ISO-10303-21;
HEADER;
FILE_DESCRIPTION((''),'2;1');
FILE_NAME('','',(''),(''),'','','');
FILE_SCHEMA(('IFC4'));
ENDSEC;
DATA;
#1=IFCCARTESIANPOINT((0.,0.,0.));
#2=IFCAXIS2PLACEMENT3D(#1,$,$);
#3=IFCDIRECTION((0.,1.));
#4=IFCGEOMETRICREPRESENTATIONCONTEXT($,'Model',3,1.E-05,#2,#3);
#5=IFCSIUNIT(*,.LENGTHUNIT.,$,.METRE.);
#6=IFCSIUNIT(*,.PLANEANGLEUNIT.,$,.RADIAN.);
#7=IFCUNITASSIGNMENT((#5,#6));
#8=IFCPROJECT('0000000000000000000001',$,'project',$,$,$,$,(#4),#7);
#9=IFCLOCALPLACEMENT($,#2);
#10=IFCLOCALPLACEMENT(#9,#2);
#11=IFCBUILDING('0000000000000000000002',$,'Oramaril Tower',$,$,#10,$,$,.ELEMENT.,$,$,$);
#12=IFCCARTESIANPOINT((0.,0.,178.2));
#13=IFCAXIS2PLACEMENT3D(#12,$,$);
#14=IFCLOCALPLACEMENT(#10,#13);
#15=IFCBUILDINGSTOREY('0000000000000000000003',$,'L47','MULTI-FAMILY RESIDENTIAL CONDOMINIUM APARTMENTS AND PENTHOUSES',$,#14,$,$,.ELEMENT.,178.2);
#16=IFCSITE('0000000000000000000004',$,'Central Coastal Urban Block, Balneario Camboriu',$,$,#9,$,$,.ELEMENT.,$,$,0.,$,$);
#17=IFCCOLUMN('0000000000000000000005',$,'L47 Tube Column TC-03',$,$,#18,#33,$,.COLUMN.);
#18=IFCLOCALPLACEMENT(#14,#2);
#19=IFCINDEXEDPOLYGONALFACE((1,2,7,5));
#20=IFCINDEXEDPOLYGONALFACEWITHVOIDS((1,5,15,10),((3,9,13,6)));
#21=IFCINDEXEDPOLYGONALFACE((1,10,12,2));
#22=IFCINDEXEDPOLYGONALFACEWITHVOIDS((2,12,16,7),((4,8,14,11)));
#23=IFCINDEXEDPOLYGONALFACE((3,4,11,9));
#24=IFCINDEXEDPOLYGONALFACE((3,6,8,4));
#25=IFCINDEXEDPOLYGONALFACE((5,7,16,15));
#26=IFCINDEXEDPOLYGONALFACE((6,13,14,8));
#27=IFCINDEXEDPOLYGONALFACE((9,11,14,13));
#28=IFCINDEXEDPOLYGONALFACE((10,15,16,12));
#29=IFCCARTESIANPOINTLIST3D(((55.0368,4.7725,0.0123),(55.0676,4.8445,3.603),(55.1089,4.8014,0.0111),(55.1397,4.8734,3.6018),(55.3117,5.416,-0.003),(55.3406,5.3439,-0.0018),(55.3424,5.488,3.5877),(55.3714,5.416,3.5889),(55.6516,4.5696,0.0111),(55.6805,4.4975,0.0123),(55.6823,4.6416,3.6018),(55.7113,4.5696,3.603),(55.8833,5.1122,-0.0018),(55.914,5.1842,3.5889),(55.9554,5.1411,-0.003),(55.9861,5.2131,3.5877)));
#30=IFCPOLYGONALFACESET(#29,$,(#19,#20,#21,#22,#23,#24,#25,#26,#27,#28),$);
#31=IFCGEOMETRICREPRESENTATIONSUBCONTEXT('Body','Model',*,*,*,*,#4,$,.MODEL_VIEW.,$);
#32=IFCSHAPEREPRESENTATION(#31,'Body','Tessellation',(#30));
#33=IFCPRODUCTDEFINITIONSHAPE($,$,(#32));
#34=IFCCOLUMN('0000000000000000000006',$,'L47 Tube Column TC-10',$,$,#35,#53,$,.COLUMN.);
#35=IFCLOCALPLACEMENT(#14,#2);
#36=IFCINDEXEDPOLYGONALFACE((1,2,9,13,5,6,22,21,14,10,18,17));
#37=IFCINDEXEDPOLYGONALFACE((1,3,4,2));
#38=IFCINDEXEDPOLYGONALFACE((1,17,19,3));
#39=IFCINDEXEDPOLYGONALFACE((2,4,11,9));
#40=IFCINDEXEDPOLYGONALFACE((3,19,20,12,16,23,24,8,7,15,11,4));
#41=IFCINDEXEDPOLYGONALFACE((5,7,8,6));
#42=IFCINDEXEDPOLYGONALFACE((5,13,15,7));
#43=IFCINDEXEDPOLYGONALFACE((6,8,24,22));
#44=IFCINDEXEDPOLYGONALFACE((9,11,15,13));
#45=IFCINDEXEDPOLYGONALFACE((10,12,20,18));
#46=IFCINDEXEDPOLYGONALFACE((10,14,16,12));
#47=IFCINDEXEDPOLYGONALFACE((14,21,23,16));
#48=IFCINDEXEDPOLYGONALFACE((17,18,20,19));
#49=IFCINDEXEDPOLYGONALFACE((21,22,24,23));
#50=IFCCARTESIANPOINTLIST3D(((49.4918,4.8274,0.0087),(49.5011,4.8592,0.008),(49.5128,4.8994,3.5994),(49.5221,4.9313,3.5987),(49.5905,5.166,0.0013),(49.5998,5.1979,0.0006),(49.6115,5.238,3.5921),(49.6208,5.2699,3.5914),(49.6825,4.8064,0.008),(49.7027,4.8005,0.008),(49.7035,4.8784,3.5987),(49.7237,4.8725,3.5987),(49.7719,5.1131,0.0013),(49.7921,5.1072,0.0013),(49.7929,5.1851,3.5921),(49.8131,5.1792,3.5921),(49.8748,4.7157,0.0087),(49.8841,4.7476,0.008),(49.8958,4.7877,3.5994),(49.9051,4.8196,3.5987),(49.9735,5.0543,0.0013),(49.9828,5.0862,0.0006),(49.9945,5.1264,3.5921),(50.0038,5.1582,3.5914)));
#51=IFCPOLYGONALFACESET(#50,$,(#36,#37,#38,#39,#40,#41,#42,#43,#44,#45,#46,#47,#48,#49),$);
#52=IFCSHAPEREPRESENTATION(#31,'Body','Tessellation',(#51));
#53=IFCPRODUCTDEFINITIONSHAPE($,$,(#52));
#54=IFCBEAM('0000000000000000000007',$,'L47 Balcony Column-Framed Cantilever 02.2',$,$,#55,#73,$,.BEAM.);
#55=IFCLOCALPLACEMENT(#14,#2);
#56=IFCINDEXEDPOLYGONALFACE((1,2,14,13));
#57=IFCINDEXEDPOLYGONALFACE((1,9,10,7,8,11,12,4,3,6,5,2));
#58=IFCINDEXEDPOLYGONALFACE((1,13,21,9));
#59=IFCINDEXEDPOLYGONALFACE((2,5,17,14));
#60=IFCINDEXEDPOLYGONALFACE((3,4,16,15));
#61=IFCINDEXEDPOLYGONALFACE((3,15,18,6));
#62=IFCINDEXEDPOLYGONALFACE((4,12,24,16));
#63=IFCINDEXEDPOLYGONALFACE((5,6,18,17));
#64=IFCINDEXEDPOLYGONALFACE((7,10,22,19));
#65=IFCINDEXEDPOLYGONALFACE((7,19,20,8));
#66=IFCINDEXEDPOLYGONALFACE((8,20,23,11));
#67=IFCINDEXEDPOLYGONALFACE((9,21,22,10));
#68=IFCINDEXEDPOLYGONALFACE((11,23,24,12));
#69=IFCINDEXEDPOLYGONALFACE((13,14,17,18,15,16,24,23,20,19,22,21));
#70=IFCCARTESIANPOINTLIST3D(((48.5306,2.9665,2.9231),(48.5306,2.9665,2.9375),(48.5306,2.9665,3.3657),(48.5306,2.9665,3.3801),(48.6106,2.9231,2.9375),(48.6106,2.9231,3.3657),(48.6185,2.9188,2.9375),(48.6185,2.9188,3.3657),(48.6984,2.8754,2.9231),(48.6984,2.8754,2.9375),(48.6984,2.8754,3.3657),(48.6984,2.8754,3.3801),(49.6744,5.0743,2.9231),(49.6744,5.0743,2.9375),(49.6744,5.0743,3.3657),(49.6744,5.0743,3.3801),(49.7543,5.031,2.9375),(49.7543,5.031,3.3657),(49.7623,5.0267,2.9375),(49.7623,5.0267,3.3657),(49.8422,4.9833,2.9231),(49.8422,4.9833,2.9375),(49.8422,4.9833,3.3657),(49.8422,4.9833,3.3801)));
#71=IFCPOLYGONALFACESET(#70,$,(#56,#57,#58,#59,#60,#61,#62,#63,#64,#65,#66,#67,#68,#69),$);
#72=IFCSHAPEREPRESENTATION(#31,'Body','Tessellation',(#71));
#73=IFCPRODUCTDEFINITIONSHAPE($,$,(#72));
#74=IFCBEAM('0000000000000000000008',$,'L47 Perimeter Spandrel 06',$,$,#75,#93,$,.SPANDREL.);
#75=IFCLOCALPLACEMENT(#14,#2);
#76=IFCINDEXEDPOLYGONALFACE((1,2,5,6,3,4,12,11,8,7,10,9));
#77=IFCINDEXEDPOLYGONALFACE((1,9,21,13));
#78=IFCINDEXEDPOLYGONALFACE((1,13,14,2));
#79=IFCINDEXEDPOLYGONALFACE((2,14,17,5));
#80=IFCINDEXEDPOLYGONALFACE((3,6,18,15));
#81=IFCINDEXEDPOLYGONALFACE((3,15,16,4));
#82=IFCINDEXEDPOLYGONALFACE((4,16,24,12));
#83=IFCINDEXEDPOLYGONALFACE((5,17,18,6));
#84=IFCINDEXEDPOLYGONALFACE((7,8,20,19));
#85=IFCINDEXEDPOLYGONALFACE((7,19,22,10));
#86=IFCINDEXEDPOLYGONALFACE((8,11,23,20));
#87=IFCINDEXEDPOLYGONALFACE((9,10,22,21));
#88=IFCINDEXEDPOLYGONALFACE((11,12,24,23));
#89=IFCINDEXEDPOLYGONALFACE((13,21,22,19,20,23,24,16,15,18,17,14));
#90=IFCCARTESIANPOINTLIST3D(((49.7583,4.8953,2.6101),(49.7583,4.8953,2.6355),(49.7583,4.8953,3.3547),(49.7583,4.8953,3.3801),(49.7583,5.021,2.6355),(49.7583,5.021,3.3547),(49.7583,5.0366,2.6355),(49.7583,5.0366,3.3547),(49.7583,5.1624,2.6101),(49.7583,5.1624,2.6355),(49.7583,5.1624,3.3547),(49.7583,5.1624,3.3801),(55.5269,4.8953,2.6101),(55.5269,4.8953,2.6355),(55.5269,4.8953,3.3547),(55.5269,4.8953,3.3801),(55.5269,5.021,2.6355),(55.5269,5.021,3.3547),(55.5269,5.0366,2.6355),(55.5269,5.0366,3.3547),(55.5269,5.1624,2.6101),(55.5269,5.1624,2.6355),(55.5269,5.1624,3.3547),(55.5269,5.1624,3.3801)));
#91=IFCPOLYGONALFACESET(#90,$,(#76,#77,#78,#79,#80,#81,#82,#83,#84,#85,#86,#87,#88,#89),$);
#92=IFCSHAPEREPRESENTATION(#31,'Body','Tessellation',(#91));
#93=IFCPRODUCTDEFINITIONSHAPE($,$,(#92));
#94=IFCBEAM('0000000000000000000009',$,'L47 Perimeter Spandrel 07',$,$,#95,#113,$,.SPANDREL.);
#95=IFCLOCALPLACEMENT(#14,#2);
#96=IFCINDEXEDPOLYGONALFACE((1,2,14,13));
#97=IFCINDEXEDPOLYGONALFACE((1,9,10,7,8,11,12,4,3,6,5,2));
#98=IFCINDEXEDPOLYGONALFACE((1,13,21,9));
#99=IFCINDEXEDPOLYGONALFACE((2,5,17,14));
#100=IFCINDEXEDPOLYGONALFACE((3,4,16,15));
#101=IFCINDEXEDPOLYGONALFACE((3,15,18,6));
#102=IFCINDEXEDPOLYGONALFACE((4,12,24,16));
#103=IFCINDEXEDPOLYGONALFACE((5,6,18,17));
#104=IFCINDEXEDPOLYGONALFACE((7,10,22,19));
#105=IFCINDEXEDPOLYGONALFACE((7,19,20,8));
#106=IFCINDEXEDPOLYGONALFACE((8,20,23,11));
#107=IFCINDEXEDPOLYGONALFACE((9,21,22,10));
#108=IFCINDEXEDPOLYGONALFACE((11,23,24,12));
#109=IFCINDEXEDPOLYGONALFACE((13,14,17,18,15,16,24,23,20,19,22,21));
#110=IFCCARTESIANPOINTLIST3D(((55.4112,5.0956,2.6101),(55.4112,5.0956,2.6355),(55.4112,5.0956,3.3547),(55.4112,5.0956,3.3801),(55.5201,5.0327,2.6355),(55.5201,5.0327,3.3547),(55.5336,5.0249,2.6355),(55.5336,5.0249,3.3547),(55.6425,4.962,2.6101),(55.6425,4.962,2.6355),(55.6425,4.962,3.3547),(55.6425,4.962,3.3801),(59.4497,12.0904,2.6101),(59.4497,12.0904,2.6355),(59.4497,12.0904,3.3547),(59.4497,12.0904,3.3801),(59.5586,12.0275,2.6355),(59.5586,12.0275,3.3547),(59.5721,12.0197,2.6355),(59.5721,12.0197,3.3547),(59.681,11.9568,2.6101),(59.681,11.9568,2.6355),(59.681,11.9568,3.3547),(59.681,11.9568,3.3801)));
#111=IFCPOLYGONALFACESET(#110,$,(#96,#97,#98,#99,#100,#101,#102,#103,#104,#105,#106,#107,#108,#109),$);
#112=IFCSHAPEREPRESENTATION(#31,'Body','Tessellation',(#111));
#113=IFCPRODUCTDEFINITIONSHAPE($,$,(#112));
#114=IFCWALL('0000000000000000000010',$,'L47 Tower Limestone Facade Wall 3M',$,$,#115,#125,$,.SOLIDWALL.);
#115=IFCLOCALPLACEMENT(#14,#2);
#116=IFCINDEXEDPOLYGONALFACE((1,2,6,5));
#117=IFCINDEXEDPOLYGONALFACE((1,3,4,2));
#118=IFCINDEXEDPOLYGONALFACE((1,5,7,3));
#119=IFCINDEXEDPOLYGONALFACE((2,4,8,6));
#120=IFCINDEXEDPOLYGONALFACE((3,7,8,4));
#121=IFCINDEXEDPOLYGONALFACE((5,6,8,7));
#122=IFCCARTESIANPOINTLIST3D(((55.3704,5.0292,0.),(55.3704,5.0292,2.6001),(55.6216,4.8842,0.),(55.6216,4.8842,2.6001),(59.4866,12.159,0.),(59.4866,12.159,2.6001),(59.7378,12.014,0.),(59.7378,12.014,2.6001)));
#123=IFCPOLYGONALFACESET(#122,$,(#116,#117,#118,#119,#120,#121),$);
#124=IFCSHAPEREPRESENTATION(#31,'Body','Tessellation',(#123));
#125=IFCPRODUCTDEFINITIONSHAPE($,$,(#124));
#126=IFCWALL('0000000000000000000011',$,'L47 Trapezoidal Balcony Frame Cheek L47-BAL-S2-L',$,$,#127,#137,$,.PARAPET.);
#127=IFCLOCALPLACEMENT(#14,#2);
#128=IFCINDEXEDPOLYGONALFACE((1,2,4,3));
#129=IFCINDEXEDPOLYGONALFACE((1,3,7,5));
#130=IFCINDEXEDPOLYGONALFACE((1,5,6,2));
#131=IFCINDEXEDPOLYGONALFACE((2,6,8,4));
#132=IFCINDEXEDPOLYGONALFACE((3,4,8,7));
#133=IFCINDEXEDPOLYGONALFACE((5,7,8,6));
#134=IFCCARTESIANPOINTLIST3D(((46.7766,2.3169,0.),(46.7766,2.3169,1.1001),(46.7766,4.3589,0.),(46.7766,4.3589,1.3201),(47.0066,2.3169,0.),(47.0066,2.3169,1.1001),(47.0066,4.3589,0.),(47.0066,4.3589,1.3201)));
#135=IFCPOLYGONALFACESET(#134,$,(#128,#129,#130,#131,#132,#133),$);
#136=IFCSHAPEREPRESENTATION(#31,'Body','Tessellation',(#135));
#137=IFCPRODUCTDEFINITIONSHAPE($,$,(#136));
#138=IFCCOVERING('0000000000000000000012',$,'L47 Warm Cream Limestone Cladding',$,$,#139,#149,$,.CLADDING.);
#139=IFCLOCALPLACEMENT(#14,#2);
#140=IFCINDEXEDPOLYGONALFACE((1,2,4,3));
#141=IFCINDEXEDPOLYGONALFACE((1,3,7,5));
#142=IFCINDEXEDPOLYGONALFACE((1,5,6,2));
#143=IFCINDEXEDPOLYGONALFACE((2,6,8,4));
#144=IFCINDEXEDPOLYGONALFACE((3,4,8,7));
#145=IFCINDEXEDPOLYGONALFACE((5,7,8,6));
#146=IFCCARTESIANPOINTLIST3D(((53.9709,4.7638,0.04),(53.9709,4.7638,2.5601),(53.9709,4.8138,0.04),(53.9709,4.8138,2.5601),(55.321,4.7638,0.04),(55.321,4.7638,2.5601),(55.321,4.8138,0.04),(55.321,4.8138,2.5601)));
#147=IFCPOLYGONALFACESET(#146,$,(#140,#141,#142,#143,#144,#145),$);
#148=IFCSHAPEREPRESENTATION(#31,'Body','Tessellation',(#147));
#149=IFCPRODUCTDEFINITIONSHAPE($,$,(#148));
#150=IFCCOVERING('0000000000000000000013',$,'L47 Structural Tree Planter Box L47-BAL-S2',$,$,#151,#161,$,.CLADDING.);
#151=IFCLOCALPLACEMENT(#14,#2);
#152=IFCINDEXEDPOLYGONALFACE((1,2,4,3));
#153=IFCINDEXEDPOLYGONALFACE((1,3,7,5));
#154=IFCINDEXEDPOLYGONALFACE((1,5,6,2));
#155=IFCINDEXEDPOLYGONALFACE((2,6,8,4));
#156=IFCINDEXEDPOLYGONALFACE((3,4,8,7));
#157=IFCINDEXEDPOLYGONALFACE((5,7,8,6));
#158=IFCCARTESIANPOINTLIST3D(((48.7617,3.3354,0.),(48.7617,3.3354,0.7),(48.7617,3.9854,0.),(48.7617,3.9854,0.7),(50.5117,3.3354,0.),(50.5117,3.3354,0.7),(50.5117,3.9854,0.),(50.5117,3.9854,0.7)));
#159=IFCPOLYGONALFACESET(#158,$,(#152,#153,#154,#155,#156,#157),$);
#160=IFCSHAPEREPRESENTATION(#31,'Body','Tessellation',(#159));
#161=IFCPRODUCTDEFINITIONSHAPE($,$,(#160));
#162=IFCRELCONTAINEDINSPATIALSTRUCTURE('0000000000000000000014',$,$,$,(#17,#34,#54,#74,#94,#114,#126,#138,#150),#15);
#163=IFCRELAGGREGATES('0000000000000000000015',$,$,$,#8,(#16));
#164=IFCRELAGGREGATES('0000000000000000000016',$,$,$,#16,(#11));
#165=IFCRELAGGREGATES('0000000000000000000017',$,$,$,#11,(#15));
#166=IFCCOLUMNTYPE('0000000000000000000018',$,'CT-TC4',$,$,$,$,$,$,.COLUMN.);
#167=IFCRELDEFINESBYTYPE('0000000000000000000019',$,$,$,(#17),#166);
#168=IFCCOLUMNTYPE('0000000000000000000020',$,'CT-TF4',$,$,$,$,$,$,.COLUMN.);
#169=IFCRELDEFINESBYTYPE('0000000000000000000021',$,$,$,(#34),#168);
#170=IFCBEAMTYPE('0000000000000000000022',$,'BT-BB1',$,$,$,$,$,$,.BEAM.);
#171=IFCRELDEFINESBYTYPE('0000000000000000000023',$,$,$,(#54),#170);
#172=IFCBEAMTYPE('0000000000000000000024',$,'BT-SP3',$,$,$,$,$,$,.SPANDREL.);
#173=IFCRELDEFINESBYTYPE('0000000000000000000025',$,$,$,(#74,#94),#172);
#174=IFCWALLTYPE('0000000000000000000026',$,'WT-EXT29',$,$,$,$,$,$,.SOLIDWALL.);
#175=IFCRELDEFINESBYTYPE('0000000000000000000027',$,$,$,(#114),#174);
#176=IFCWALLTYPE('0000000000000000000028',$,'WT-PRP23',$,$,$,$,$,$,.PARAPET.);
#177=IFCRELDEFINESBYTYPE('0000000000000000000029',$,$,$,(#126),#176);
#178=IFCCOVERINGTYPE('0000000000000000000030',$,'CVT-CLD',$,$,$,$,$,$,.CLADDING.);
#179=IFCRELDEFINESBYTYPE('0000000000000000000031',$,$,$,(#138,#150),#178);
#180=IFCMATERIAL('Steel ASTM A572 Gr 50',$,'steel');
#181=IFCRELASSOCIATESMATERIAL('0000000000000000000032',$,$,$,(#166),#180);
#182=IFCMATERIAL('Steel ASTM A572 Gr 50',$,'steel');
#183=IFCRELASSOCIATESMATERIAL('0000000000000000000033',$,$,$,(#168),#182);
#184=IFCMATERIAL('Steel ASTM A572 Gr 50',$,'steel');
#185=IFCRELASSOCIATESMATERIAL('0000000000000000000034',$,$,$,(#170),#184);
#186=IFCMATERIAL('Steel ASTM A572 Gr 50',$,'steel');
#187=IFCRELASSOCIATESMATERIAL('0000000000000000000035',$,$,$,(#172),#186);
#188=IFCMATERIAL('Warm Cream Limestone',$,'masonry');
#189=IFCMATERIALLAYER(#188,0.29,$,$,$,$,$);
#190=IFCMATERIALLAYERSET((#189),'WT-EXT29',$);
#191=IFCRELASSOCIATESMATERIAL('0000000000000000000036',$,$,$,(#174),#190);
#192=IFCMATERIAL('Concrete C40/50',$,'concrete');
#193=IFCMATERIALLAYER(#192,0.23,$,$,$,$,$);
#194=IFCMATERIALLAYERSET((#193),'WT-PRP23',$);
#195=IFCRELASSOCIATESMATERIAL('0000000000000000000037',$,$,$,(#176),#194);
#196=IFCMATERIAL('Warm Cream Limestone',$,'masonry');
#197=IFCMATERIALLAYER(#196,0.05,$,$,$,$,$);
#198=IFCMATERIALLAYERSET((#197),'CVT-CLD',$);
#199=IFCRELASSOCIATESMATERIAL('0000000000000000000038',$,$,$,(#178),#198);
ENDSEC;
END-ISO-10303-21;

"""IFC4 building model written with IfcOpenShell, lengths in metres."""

from ifc_helpers import new_model, si_unit, direction, frame, frame_2d, origin, origin_2d, place, context, subcontext, project, spatial, polyline, rectangle, hollow_rectangle, i_section, outline, extrude, material, layer, layer_set, material_profile, profile_set, type_object, element, save


model = new_model("IFC4")

# Units and contexts
model_context = context("Model", 3, precision=1e-05, world=origin(), true_north=direction((0.0, 1.0)))
body_context = subcontext(model_context, "Body", "Model", "MODEL_VIEW")
ifc_project = project(units=[si_unit("LENGTHUNIT", "METRE"), si_unit("PLANEANGLEUNIT", "RADIAN")], contexts=[model_context])

# Site, building, storey
site_placement = place(None, origin())
site = spatial("IfcSite", under=ifc_project, at=site_placement, Name="Central Coastal Urban Block, Balneario Camboriu", CompositionType="ELEMENT", RefElevation=0.0)
building_placement = place(site_placement, origin())
building = spatial("IfcBuilding", under=site, at=building_placement, Name="Oramaril Tower", CompositionType="ELEMENT")
storey_placement = place(building_placement, frame((0.0, 0.0, 178.2)))
storey = spatial("IfcBuildingStorey", under=building, at=storey_placement, Name="L47", Description="MULTI-FAMILY RESIDENTIAL CONDOMINIUM APARTMENTS AND PENTHOUSES", CompositionType="ELEMENT", Elevation=178.2)

# Columns
ifc_material_1 = material(Name="Steel ASTM A572 Gr 50", Category="steel")
ifc_material_profile_1 = material_profile(ifc_material_1, hollow_rectangle(XDim=0.7, YDim=0.7, WallThickness=0.0549, at=origin_2d()), Name="BOX700X700X55")
ifc_profile_set_1 = profile_set([ifc_material_profile_1], Name="Steel ASTM A572 Gr 50")
column_type_1 = type_object("IfcColumnType", Name="CT-TC4", PredefinedType="COLUMN", material=ifc_profile_set_1)
column_1_placement = place(storey_placement, frame((55.4961, 4.9568, 0.0046), z_axis=(0.008565, 0.020052, 0.999762), x_axis=(-0.919628, 0.39279, 0.0)))
element("IfcColumn", 1, at=column_1_placement, inside=storey, type_object=column_type_1, Name="L47 Tube Column TC-03", PredefinedType="COLUMN", context=body_context, shape_type="SweptSolid", body=[
    extrude(hollow_rectangle(XDim=0.7, YDim=0.7, WallThickness=0.0549, at=origin_2d()), origin(), (0.0, 0.0, 1.0), 3.5916),
])
ifc_material_2 = material(Name="Steel ASTM A572 Gr 50", Category="steel")
ifc_material_profile_2 = material_profile(ifc_material_2, i_section(OverallWidth=0.3989, OverallDepth=0.386, WebThickness=0.021, FlangeThickness=0.0332, at=origin_2d()), Name="W14X176")
ifc_profile_set_2 = profile_set([ifc_material_profile_2], Name="Steel ASTM A572 Gr 50")
column_type_2 = type_object("IfcColumnType", Name="CT-TF4", PredefinedType="COLUMN", material=ifc_profile_set_2)
column_2_placement = place(storey_placement, frame((49.7373, 4.9568, 0.0046), z_axis=(0.005846, 0.020053, 0.999782), x_axis=(-0.960036, 0.279875, 0.0)))
element("IfcColumn", 2, at=column_2_placement, inside=storey, type_object=column_type_2, Name="L47 Tube Column TC-10", PredefinedType="COLUMN", context=body_context, shape_type="SweptSolid", body=[
    extrude(i_section(OverallWidth=0.3989, OverallDepth=0.386, WebThickness=0.021, FlangeThickness=0.0332, at=origin_2d()), origin(), (0.0, 0.0, 1.0), 3.5916),
])

# Beams
ifc_material_3 = material(Name="Steel ASTM A572 Gr 50", Category="steel")
ifc_material_profile_3 = material_profile(ifc_material_3, i_section(OverallWidth=0.1909, OverallDepth=0.457, WebThickness=0.009, FlangeThickness=0.0144, at=origin_2d()), Name="W18X50")
ifc_profile_set_3 = profile_set([ifc_material_profile_3], Name="Steel ASTM A572 Gr 50")
beam_type_1 = type_object("IfcBeamType", Name="BT-BB1", PredefinedType="BEAM", material=ifc_profile_set_3)
beam_1_placement = place(storey_placement, frame((49.7583, 5.0288, 3.1516), z_axis=(-0.476932, -0.87894, 0.0), x_axis=(0.87894, -0.476932, 0.0)))
element("IfcBeam", 3, at=beam_1_placement, inside=storey, type_object=beam_type_1, Name="L47 Balcony Column-Framed Cantilever 02.2", PredefinedType="BEAM", context=body_context, shape_type="SweptSolid", body=[
    extrude(i_section(OverallWidth=0.1909, OverallDepth=0.457, WebThickness=0.009, FlangeThickness=0.0144, at=origin_2d()), origin(), (0.0, 0.0, 1.0), 2.3982),
])
ifc_material_4 = material(Name="Steel ASTM A572 Gr 50", Category="steel")
ifc_material_profile_4 = material_profile(ifc_material_4, i_section(OverallWidth=0.2671, OverallDepth=0.77, WebThickness=0.0156, FlangeThickness=0.0254, at=origin_2d()), Name="W30X132")
ifc_profile_set_4 = profile_set([ifc_material_profile_4], Name="Steel ASTM A572 Gr 50")
beam_type_2 = type_object("IfcBeamType", Name="BT-SP3", PredefinedType="SPANDREL", material=ifc_profile_set_4)
beam_2_placement = place(storey_placement, frame((49.7583, 5.0288, 2.9951), z_axis=(1.0, 0.0, 0.0), x_axis=(0.0, 1.0, 0.0)))
element("IfcBeam", 4, at=beam_2_placement, inside=storey, type_object=beam_type_2, Name="L47 Perimeter Spandrel 06", PredefinedType="SPANDREL", context=body_context, shape_type="SweptSolid", body=[
    extrude(i_section(OverallWidth=0.2671, OverallDepth=0.77, WebThickness=0.0156, FlangeThickness=0.0254, at=origin_2d()), origin(), (0.0, 0.0, 1.0), 5.7686),
])
beam_3_placement = place(storey_placement, frame((55.5269, 5.0288, 2.9951), z_axis=(0.500008, 0.866021, 0.0), x_axis=(-0.866021, 0.500008, 0.0)))
element("IfcBeam", 5, at=beam_3_placement, inside=storey, type_object=beam_type_2, Name="L47 Perimeter Spandrel 07", PredefinedType="SPANDREL", context=body_context, shape_type="SweptSolid", body=[
    extrude(i_section(OverallWidth=0.2671, OverallDepth=0.77, WebThickness=0.0156, FlangeThickness=0.0254, at=origin_2d()), origin(), (0.0, 0.0, 1.0), 8.0769),
])

# Walls
ifc_material_5 = material(Name="Warm Cream Limestone", Category="masonry")
ifc_layer_1 = layer(ifc_material_5, 0.29)
ifc_layer_set_1 = layer_set([ifc_layer_1], Name="WT-EXT29")
wall_type_1 = type_object("IfcWallType", Name="WT-EXT29", PredefinedType="SOLIDWALL", material=ifc_layer_set_1)
wall_1_placement = place(storey_placement, frame((55.4961, 4.9568, 0.0), z_axis=(0.0, 0.0, 1.0), x_axis=(0.499979, 0.866037, 0.0)))
element("IfcWall", 6, at=wall_1_placement, inside=storey, type_object=wall_type_1, Name="L47 Tower Limestone Facade Wall 3M", PredefinedType="SOLIDWALL", context=body_context, shape_type="SweptSolid", body=[
    extrude(rectangle(XDim=8.2327, YDim=0.29, at=frame_2d((4.1162, 0.0))), origin(), (0.0, 0.0, 1.0), 2.6001),
])
ifc_material_6 = material(Name="Concrete C40/50", Category="concrete")
ifc_layer_2 = layer(ifc_material_6, 0.23)
ifc_layer_set_2 = layer_set([ifc_layer_2], Name="WT-PRP23")
wall_type_2 = type_object("IfcWallType", Name="WT-PRP23", PredefinedType="PARAPET", material=ifc_layer_set_2)
wall_2_placement = place(storey_placement, frame((46.8916, 4.3589, 0.0), z_axis=(0.0, 0.0, 1.0), x_axis=(0.0, -1.0, 0.0)))
element("IfcWall", 7, at=wall_2_placement, inside=storey, type_object=wall_type_2, Name="L47 Trapezoidal Balcony Frame Cheek L47-BAL-S2-L", PredefinedType="PARAPET", context=body_context, shape_type="SweptSolid", body=[
    extrude(outline(polyline([(0.0, 0.0), (2.042, 0.0), (2.042, 1.1001), (0.0, 1.3201), (0.0, 0.0)])), frame((0.0, 0.115, 0.0), z_axis=(0.0, -1.0, 0.0), x_axis=(1.0, 0.0, 0.0)), (0.0, 0.0, 1.0), 0.23),
])

# Coverings
ifc_material_7 = material(Name="Warm Cream Limestone", Category="masonry")
ifc_layer_3 = layer(ifc_material_7, 0.05)
ifc_layer_set_3 = layer_set([ifc_layer_3], Name="CVT-CLD")
covering_type = type_object("IfcCoveringType", Name="CVT-CLD", PredefinedType="CLADDING", material=ifc_layer_set_3)
covering_1_placement = place(storey_placement, frame((54.646, 4.7888, 0.04), z_axis=(0.0, 0.0, 1.0), x_axis=(1.0, 0.0, 0.0)))
element("IfcCovering", 8, at=covering_1_placement, inside=storey, type_object=covering_type, Name="L47 Warm Cream Limestone Cladding", PredefinedType="CLADDING", context=body_context, shape_type="SweptSolid", body=[
    extrude(rectangle(XDim=1.3501, YDim=0.05, at=origin_2d()), origin(), (0.0, 0.0, 1.0), 2.52),
])
covering_2_placement = place(storey_placement, frame((49.6367, 3.6604, 0.0), z_axis=(0.0, 0.0, 1.0), x_axis=(1.0, 0.0, 0.0)))
element("IfcCovering", 9, at=covering_2_placement, inside=storey, type_object=covering_type, Name="L47 Structural Tree Planter Box L47-BAL-S2", PredefinedType="CLADDING", context=body_context, shape_type="SweptSolid", body=[
    extrude(rectangle(XDim=1.75, YDim=0.6499, at=origin_2d()), origin(), (0.0, 0.0, 1.0), 0.7),
])

save(model, "model.ifc")
